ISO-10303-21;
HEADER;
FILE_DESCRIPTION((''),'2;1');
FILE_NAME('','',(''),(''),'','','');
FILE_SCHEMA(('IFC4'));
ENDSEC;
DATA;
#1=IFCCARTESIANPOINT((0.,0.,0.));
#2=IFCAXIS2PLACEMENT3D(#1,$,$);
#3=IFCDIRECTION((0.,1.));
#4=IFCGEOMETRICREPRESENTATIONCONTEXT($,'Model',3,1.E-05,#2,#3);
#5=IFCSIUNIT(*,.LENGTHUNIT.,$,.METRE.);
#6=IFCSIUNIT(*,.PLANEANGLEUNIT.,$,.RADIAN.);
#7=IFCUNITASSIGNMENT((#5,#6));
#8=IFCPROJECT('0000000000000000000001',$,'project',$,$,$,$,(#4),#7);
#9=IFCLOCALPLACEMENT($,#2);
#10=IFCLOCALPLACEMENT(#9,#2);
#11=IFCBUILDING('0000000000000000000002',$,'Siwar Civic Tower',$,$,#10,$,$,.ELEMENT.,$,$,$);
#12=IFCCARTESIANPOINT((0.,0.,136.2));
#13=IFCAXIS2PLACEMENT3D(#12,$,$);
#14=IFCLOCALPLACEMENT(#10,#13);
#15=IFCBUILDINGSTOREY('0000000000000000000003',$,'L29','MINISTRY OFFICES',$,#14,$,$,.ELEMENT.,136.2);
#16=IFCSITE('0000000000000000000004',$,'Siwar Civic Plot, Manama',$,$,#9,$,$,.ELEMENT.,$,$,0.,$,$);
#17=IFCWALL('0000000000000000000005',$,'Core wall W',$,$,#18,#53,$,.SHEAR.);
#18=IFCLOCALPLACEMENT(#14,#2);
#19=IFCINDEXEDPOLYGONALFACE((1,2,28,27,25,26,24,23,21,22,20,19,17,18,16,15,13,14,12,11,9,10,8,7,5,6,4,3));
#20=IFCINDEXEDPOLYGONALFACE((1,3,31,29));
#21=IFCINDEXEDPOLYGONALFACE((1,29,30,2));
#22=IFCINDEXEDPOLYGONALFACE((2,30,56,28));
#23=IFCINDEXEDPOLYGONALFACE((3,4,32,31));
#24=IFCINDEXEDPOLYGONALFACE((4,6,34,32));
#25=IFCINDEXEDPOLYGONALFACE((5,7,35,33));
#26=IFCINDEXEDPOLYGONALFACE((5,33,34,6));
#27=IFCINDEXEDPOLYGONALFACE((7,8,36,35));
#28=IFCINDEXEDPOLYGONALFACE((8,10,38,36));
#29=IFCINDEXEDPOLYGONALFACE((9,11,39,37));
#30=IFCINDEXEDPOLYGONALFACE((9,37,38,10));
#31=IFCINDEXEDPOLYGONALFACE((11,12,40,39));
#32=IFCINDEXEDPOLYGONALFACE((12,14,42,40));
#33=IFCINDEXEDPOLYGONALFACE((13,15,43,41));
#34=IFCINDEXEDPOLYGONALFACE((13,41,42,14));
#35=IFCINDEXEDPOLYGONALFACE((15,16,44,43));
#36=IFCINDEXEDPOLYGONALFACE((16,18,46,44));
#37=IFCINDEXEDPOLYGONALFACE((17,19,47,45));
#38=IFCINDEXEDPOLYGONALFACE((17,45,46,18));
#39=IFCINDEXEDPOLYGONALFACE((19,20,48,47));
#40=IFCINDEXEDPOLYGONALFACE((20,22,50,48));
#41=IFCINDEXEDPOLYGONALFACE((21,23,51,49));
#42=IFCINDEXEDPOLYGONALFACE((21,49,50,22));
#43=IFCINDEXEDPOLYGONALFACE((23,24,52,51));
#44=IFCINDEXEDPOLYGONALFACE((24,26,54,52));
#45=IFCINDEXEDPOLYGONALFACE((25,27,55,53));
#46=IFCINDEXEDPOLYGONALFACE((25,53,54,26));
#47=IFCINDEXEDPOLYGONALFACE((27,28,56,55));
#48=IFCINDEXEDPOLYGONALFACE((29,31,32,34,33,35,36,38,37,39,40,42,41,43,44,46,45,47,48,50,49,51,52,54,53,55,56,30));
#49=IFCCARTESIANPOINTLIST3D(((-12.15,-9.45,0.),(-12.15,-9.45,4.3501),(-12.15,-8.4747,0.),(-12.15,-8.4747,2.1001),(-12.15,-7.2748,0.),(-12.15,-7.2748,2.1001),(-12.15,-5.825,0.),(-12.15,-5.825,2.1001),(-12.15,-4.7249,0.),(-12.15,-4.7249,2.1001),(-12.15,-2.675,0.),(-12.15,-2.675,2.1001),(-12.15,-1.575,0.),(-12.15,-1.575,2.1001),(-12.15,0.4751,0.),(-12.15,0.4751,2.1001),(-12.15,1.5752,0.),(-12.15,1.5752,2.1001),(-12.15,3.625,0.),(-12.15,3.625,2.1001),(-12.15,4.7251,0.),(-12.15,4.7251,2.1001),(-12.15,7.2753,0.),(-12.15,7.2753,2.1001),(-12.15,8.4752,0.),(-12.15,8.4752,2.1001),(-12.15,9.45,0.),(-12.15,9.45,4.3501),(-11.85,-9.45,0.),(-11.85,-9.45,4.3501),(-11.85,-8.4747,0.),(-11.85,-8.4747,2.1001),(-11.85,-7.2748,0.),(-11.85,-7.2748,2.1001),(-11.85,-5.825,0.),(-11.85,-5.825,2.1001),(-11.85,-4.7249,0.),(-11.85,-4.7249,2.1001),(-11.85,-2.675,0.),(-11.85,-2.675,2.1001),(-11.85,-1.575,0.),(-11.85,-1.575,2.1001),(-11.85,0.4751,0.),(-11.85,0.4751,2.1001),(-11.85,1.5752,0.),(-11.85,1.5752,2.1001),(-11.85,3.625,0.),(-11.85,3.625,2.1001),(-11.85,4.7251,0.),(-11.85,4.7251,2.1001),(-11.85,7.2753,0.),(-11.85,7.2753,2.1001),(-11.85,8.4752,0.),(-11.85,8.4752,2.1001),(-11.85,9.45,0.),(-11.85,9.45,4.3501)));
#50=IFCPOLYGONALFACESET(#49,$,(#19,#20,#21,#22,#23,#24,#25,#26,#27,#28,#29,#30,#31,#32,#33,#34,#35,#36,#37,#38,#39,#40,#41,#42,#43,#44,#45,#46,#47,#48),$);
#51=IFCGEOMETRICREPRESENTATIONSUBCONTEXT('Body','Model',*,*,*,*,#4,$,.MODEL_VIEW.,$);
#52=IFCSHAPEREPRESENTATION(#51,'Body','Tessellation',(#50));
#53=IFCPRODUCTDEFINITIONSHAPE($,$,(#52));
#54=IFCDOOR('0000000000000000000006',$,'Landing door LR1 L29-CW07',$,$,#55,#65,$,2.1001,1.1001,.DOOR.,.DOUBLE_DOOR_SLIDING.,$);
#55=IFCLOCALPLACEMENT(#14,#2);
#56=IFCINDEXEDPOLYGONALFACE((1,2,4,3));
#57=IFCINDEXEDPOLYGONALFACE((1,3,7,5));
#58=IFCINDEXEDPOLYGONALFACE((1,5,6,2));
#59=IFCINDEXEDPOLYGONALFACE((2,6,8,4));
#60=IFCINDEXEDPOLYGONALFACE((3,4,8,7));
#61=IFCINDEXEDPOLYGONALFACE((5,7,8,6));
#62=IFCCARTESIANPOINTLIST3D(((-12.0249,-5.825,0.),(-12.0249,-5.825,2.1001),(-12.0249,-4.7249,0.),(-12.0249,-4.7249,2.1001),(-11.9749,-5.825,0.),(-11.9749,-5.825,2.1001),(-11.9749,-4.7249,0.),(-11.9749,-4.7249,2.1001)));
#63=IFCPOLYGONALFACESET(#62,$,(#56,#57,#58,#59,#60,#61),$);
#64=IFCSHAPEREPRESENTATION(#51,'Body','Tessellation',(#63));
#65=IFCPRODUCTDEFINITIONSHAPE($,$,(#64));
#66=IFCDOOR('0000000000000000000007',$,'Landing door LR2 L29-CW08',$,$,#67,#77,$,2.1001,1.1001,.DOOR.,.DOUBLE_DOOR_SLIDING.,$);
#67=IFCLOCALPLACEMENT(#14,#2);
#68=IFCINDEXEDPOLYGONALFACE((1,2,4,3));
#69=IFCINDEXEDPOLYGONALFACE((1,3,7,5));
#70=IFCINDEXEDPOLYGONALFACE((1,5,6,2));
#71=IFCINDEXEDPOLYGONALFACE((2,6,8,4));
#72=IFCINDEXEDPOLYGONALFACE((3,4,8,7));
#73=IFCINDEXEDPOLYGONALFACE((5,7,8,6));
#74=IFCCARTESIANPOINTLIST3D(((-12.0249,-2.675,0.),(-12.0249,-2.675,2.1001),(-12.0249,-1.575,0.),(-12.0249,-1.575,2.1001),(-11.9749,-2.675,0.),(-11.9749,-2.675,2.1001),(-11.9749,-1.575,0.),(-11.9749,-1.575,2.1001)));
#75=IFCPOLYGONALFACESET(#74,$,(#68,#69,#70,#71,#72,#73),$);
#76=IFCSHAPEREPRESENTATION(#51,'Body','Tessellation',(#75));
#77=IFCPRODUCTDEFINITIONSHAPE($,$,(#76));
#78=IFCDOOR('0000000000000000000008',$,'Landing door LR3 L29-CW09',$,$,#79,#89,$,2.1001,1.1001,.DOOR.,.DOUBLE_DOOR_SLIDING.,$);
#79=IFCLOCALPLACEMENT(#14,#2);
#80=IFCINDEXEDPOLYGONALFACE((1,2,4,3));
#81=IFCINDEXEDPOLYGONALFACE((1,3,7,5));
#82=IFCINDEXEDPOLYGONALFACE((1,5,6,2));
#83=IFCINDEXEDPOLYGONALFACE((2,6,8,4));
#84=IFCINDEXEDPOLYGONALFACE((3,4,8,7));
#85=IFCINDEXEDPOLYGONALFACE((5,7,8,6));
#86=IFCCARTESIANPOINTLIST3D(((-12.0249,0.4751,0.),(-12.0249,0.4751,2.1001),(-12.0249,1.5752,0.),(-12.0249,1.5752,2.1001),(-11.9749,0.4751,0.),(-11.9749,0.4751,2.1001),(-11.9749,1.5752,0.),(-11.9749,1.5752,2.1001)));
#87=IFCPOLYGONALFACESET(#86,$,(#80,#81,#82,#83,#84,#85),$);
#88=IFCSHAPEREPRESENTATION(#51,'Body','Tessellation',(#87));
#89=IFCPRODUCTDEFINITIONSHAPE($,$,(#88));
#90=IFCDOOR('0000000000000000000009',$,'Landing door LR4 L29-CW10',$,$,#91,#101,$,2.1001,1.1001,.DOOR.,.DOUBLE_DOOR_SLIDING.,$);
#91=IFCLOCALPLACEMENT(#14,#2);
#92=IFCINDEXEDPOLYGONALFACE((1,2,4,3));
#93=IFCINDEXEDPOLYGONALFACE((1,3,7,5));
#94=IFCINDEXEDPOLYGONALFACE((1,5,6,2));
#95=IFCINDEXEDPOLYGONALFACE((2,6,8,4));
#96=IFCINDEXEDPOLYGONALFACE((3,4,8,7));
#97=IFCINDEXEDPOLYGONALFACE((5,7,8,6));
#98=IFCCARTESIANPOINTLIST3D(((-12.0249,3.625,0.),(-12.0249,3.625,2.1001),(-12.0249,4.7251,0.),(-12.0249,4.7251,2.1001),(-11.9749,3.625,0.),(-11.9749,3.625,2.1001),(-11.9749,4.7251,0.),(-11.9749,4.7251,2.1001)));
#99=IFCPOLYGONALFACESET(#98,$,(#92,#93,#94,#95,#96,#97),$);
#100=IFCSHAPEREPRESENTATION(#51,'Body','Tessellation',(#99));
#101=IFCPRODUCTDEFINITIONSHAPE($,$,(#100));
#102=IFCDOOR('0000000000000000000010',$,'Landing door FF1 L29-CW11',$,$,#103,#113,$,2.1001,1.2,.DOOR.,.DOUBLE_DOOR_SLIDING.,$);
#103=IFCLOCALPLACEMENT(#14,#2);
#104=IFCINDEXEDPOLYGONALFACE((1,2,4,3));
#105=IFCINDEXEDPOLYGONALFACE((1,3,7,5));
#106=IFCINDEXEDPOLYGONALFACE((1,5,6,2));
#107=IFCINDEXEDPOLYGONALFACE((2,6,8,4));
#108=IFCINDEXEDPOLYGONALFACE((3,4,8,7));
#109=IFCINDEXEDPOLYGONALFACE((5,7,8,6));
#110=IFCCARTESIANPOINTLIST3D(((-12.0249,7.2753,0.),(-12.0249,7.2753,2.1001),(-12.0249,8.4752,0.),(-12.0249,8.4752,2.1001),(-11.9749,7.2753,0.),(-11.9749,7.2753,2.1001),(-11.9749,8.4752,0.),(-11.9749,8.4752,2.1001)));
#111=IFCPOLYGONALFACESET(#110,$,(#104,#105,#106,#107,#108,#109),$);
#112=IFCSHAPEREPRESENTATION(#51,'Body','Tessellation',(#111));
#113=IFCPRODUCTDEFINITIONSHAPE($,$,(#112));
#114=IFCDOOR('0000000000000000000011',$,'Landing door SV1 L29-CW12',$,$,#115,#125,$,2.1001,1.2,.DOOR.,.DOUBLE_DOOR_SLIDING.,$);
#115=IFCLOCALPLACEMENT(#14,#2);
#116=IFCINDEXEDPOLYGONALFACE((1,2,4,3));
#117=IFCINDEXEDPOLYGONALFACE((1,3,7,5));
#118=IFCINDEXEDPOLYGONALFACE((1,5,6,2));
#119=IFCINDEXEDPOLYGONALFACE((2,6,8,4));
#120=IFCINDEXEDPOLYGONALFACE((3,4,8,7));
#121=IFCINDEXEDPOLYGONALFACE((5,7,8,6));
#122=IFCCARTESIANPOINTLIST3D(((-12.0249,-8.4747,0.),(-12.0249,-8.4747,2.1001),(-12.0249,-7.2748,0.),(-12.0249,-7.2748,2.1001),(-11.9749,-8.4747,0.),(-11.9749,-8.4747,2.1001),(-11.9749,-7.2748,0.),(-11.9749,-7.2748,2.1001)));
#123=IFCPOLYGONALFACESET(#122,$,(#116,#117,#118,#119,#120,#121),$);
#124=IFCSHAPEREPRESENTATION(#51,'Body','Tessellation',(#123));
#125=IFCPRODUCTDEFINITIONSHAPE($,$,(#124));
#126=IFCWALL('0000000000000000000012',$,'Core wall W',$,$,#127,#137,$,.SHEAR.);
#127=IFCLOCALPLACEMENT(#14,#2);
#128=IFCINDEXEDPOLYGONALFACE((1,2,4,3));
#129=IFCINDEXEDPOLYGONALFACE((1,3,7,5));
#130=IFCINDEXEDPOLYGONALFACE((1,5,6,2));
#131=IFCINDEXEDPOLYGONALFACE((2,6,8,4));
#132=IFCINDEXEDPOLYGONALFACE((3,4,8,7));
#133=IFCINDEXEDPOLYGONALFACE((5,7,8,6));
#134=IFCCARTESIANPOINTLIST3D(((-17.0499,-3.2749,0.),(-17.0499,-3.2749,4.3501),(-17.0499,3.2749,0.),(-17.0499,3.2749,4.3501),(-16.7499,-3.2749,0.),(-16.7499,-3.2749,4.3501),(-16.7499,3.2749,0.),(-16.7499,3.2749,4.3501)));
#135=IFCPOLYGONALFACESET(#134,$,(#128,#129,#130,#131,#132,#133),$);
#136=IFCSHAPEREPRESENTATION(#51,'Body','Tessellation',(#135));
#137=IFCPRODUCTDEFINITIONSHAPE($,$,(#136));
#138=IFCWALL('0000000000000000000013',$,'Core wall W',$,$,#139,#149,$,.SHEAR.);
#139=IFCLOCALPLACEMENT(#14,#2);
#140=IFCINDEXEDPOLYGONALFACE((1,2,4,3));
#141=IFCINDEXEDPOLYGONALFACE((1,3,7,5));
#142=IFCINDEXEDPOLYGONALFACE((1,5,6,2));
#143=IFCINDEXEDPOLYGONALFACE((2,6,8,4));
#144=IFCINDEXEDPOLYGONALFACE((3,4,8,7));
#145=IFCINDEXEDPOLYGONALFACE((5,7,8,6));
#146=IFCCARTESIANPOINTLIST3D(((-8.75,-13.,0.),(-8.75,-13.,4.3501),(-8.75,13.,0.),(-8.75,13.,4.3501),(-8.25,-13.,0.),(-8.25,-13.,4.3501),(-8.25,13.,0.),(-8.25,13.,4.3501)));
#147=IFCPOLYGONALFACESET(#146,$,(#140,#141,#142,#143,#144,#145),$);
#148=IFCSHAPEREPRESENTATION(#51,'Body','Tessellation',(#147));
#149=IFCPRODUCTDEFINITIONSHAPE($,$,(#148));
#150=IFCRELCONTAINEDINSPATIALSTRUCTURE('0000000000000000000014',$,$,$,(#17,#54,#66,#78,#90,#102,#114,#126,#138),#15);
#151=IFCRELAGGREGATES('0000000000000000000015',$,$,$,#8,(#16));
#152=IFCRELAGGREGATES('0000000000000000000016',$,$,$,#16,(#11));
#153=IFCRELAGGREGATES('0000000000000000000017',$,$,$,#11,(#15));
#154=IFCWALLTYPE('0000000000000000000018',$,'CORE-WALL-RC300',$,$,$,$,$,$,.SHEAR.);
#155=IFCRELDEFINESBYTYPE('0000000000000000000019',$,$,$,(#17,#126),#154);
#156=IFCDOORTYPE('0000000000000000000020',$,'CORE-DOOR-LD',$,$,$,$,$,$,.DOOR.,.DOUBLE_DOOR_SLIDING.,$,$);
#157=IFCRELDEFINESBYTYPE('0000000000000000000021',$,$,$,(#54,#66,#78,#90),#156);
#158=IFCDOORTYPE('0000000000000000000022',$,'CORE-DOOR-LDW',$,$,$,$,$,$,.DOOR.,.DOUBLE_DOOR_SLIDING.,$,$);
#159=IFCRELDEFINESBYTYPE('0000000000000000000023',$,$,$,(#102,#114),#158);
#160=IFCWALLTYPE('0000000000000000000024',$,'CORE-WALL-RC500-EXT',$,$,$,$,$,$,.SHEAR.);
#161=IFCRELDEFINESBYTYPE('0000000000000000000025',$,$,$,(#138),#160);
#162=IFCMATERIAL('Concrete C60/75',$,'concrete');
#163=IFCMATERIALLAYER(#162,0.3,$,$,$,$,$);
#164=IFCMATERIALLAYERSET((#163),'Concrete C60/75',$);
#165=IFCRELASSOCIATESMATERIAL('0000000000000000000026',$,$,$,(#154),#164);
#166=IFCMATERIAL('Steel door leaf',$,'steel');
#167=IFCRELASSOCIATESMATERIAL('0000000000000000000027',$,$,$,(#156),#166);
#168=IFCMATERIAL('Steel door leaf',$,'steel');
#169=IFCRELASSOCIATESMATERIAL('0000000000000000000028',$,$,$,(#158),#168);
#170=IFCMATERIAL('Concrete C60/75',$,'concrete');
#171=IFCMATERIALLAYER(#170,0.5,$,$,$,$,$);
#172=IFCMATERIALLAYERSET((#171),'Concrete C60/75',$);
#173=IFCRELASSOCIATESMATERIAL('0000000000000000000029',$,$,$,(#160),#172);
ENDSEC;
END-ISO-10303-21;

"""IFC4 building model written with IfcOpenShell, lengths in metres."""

from ifc_helpers import new_model, si_unit, direction, frame, frame_2d, origin, place, context, subcontext, project, spatial, rectangle, extrude, material, layer, layer_set, type_object, element, fill, save


model = new_model("IFC4")

# Units and contexts
model_context = context("Model", 3, precision=1e-05, world=origin(), true_north=direction((0.0, 1.0)))
body_context = subcontext(model_context, "Body", "Model", "MODEL_VIEW")
ifc_project = project(units=[si_unit("LENGTHUNIT", "METRE"), si_unit("PLANEANGLEUNIT", "RADIAN")], contexts=[model_context])

# Site, building, storey
site_placement = place(None, origin())
site = spatial("IfcSite", under=ifc_project, at=site_placement, Name="Siwar Civic Plot, Manama", CompositionType="ELEMENT", RefElevation=0.0)
building_placement = place(site_placement, origin())
building = spatial("IfcBuilding", under=site, at=building_placement, Name="Siwar Civic Tower", CompositionType="ELEMENT")
storey_placement = place(building_placement, frame((0.0, 0.0, 136.2)))
storey = spatial("IfcBuildingStorey", under=building, at=storey_placement, Name="L29", Description="MINISTRY OFFICES", CompositionType="ELEMENT", Elevation=136.2)

# Wall, openings, doors
ifc_material_1 = material(Name="Concrete C60/75", Category="concrete")
ifc_layer_1 = layer(ifc_material_1, 0.3)
ifc_layer_set_1 = layer_set([ifc_layer_1], Name="Concrete C60/75")
wall_type_1 = type_object("IfcWallType", Name="CORE-WALL-RC300", PredefinedType="SHEAR", material=ifc_layer_set_1)
wall_1_placement = place(storey_placement, frame((-12.0, -9.45, 0.0), z_axis=(0.0, 0.0, 1.0), x_axis=(0.0, 1.0, 0.0)))
wall_1 = element("IfcWall", 1, at=wall_1_placement, inside=storey, type_object=wall_type_1, Name="Core wall W", PredefinedType="SHEAR", context=body_context, shape_type="SweptSolid", body=[
    extrude(rectangle(XDim=18.8999, YDim=0.3, at=frame_2d((9.45, 0.0))), origin(), (0.0, 0.0, 1.0), 4.3501),
])
opening_1_placement = place(wall_1_placement, frame((3.625, 0.0, 0.0)))
opening_1 = element("IfcOpeningElement", 2, at=opening_1_placement, cuts=wall_1, PredefinedType="OPENING", context=body_context, shape_type="SweptSolid", body=[
    extrude(rectangle(XDim=1.1001, YDim=2.1001, at=frame_2d((0.55, 1.05))), frame((0.0, 0.1602, 0.0), z_axis=(0.0, -1.0, 0.0), x_axis=(1.0, 0.0, 0.0)), (0.0, 0.0, 1.0), 0.3201),
])
opening_2_placement = place(wall_1_placement, frame((6.7749, 0.0, 0.0)))
opening_2 = element("IfcOpeningElement", 3, at=opening_2_placement, cuts=wall_1, PredefinedType="OPENING", context=body_context, shape_type="SweptSolid", body=[
    extrude(rectangle(XDim=1.1001, YDim=2.1001, at=frame_2d((0.55, 1.05))), frame((0.0, 0.1602, 0.0), z_axis=(0.0, -1.0, 0.0), x_axis=(1.0, 0.0, 0.0)), (0.0, 0.0, 1.0), 0.3201),
])
opening_3_placement = place(wall_1_placement, frame((9.925, 0.0, 0.0)))
opening_3 = element("IfcOpeningElement", 4, at=opening_3_placement, cuts=wall_1, PredefinedType="OPENING", context=body_context, shape_type="SweptSolid", body=[
    extrude(rectangle(XDim=1.1001, YDim=2.1001, at=frame_2d((0.55, 1.05))), frame((0.0, 0.1602, 0.0), z_axis=(0.0, -1.0, 0.0), x_axis=(1.0, 0.0, 0.0)), (0.0, 0.0, 1.0), 0.3201),
])
opening_4_placement = place(wall_1_placement, frame((13.075, 0.0, 0.0)))
opening_4 = element("IfcOpeningElement", 5, at=opening_4_placement, cuts=wall_1, PredefinedType="OPENING", context=body_context, shape_type="SweptSolid", body=[
    extrude(rectangle(XDim=1.1001, YDim=2.1001, at=frame_2d((0.55, 1.05))), frame((0.0, 0.1602, 0.0), z_axis=(0.0, -1.0, 0.0), x_axis=(1.0, 0.0, 0.0)), (0.0, 0.0, 1.0), 0.3201),
])
opening_5_placement = place(wall_1_placement, frame((16.7251, 0.0, 0.0)))
opening_5 = element("IfcOpeningElement", 6, at=opening_5_placement, cuts=wall_1, PredefinedType="OPENING", context=body_context, shape_type="SweptSolid", body=[
    extrude(rectangle(XDim=1.2, YDim=2.1001, at=frame_2d((0.6001, 1.05))), frame((0.0, 0.1602, 0.0), z_axis=(0.0, -1.0, 0.0), x_axis=(1.0, 0.0, 0.0)), (0.0, 0.0, 1.0), 0.3201),
])
opening_6_placement = place(wall_1_placement, frame((0.9751, 0.0, 0.0)))
opening_6 = element("IfcOpeningElement", 7, at=opening_6_placement, cuts=wall_1, PredefinedType="OPENING", context=body_context, shape_type="SweptSolid", body=[
    extrude(rectangle(XDim=1.2, YDim=2.1001, at=frame_2d((0.6001, 1.05))), frame((0.0, 0.1602, 0.0), z_axis=(0.0, -1.0, 0.0), x_axis=(1.0, 0.0, 0.0)), (0.0, 0.0, 1.0), 0.3201),
])
ifc_material_2 = material(Name="Steel door leaf", Category="steel")
door_type_1 = type_object("IfcDoorType", Name="CORE-DOOR-LD", OperationType="DOUBLE_DOOR_SLIDING", PredefinedType="DOOR", material=ifc_material_2)
door_1_placement = place(opening_1_placement, origin())
door_1 = element("IfcDoor", 8, at=door_1_placement, inside=storey, type_object=door_type_1, Name="Landing door LR1 L29-CW07", OperationType="DOUBLE_DOOR_SLIDING", OverallHeight=2.1001, OverallWidth=1.1001, PredefinedType="DOOR", context=body_context, shape_type="SweptSolid", body=[
    extrude(rectangle(XDim=1.1001, YDim=2.1001, at=frame_2d((0.55, 1.05))), frame((0.0, 0.0249, 0.0), z_axis=(0.0, -1.0, 0.0), x_axis=(1.0, 0.0, 0.0)), (0.0, 0.0, 1.0), 0.05),
])
fill(opening_1, door_1)
door_2_placement = place(opening_2_placement, origin())
door_2 = element("IfcDoor", 9, at=door_2_placement, inside=storey, type_object=door_type_1, Name="Landing door LR2 L29-CW08", OperationType="DOUBLE_DOOR_SLIDING", OverallHeight=2.1001, OverallWidth=1.1001, PredefinedType="DOOR", context=body_context, shape_type="SweptSolid", body=[
    extrude(rectangle(XDim=1.1001, YDim=2.1001, at=frame_2d((0.55, 1.05))), frame((0.0, 0.0249, 0.0), z_axis=(0.0, -1.0, 0.0), x_axis=(1.0, 0.0, 0.0)), (0.0, 0.0, 1.0), 0.05),
])
fill(opening_2, door_2)
door_3_placement = place(opening_3_placement, origin())
door_3 = element("IfcDoor", 10, at=door_3_placement, inside=storey, type_object=door_type_1, Name="Landing door LR3 L29-CW09", OperationType="DOUBLE_DOOR_SLIDING", OverallHeight=2.1001, OverallWidth=1.1001, PredefinedType="DOOR", context=body_context, shape_type="SweptSolid", body=[
    extrude(rectangle(XDim=1.1001, YDim=2.1001, at=frame_2d((0.55, 1.05))), frame((0.0, 0.0249, 0.0), z_axis=(0.0, -1.0, 0.0), x_axis=(1.0, 0.0, 0.0)), (0.0, 0.0, 1.0), 0.05),
])
fill(opening_3, door_3)
door_4_placement = place(opening_4_placement, origin())
door_4 = element("IfcDoor", 11, at=door_4_placement, inside=storey, type_object=door_type_1, Name="Landing door LR4 L29-CW10", OperationType="DOUBLE_DOOR_SLIDING", OverallHeight=2.1001, OverallWidth=1.1001, PredefinedType="DOOR", context=body_context, shape_type="SweptSolid", body=[
    extrude(rectangle(XDim=1.1001, YDim=2.1001, at=frame_2d((0.55, 1.05))), frame((0.0, 0.0249, 0.0), z_axis=(0.0, -1.0, 0.0), x_axis=(1.0, 0.0, 0.0)), (0.0, 0.0, 1.0), 0.05),
])
fill(opening_4, door_4)
ifc_material_3 = material(Name="Steel door leaf", Category="steel")
door_type_2 = type_object("IfcDoorType", Name="CORE-DOOR-LDW", OperationType="DOUBLE_DOOR_SLIDING", PredefinedType="DOOR", material=ifc_material_3)
door_5_placement = place(opening_5_placement, origin())
door_5 = element("IfcDoor", 12, at=door_5_placement, inside=storey, type_object=door_type_2, Name="Landing door FF1 L29-CW11", OperationType="DOUBLE_DOOR_SLIDING", OverallHeight=2.1001, OverallWidth=1.2, PredefinedType="DOOR", context=body_context, shape_type="SweptSolid", body=[
    extrude(rectangle(XDim=1.2, YDim=2.1001, at=frame_2d((0.6001, 1.05))), frame((0.0, 0.0249, 0.0), z_axis=(0.0, -1.0, 0.0), x_axis=(1.0, 0.0, 0.0)), (0.0, 0.0, 1.0), 0.05),
])
fill(opening_5, door_5)
door_6_placement = place(opening_6_placement, origin())
door_6 = element("IfcDoor", 13, at=door_6_placement, inside=storey, type_object=door_type_2, Name="Landing door SV1 L29-CW12", OperationType="DOUBLE_DOOR_SLIDING", OverallHeight=2.1001, OverallWidth=1.2, PredefinedType="DOOR", context=body_context, shape_type="SweptSolid", body=[
    extrude(rectangle(XDim=1.2, YDim=2.1001, at=frame_2d((0.6001, 1.05))), frame((0.0, 0.0249, 0.0), z_axis=(0.0, -1.0, 0.0), x_axis=(1.0, 0.0, 0.0)), (0.0, 0.0, 1.0), 0.05),
])
fill(opening_6, door_6)

# Walls
wall_2_placement = place(storey_placement, frame((-16.8999, -3.2749, 0.0), z_axis=(0.0, 0.0, 1.0), x_axis=(0.0, 1.0, 0.0)))
element("IfcWall", 14, at=wall_2_placement, inside=storey, type_object=wall_type_1, Name="Core wall W", PredefinedType="SHEAR", context=body_context, shape_type="SweptSolid", body=[
    extrude(rectangle(XDim=6.5498, YDim=0.3, at=frame_2d((3.2749, 0.0))), origin(), (0.0, 0.0, 1.0), 4.3501),
])
ifc_material_4 = material(Name="Concrete C60/75", Category="concrete")
ifc_layer_2 = layer(ifc_material_4, 0.5)
ifc_layer_set_2 = layer_set([ifc_layer_2], Name="Concrete C60/75")
wall_type_2 = type_object("IfcWallType", Name="CORE-WALL-RC500-EXT", PredefinedType="SHEAR", material=ifc_layer_set_2)
wall_3_placement = place(storey_placement, frame((-8.5, -13.0, 0.0), z_axis=(0.0, 0.0, 1.0), x_axis=(0.0, 1.0, 0.0)))
element("IfcWall", 15, at=wall_3_placement, inside=storey, type_object=wall_type_2, Name="Core wall W", PredefinedType="SHEAR", context=body_context, shape_type="SweptSolid", body=[
    extrude(rectangle(XDim=26.0, YDim=0.5, at=frame_2d((13.0, 0.0))), origin(), (0.0, 0.0, 1.0), 4.3501),
])

save(model, "model.ifc")
